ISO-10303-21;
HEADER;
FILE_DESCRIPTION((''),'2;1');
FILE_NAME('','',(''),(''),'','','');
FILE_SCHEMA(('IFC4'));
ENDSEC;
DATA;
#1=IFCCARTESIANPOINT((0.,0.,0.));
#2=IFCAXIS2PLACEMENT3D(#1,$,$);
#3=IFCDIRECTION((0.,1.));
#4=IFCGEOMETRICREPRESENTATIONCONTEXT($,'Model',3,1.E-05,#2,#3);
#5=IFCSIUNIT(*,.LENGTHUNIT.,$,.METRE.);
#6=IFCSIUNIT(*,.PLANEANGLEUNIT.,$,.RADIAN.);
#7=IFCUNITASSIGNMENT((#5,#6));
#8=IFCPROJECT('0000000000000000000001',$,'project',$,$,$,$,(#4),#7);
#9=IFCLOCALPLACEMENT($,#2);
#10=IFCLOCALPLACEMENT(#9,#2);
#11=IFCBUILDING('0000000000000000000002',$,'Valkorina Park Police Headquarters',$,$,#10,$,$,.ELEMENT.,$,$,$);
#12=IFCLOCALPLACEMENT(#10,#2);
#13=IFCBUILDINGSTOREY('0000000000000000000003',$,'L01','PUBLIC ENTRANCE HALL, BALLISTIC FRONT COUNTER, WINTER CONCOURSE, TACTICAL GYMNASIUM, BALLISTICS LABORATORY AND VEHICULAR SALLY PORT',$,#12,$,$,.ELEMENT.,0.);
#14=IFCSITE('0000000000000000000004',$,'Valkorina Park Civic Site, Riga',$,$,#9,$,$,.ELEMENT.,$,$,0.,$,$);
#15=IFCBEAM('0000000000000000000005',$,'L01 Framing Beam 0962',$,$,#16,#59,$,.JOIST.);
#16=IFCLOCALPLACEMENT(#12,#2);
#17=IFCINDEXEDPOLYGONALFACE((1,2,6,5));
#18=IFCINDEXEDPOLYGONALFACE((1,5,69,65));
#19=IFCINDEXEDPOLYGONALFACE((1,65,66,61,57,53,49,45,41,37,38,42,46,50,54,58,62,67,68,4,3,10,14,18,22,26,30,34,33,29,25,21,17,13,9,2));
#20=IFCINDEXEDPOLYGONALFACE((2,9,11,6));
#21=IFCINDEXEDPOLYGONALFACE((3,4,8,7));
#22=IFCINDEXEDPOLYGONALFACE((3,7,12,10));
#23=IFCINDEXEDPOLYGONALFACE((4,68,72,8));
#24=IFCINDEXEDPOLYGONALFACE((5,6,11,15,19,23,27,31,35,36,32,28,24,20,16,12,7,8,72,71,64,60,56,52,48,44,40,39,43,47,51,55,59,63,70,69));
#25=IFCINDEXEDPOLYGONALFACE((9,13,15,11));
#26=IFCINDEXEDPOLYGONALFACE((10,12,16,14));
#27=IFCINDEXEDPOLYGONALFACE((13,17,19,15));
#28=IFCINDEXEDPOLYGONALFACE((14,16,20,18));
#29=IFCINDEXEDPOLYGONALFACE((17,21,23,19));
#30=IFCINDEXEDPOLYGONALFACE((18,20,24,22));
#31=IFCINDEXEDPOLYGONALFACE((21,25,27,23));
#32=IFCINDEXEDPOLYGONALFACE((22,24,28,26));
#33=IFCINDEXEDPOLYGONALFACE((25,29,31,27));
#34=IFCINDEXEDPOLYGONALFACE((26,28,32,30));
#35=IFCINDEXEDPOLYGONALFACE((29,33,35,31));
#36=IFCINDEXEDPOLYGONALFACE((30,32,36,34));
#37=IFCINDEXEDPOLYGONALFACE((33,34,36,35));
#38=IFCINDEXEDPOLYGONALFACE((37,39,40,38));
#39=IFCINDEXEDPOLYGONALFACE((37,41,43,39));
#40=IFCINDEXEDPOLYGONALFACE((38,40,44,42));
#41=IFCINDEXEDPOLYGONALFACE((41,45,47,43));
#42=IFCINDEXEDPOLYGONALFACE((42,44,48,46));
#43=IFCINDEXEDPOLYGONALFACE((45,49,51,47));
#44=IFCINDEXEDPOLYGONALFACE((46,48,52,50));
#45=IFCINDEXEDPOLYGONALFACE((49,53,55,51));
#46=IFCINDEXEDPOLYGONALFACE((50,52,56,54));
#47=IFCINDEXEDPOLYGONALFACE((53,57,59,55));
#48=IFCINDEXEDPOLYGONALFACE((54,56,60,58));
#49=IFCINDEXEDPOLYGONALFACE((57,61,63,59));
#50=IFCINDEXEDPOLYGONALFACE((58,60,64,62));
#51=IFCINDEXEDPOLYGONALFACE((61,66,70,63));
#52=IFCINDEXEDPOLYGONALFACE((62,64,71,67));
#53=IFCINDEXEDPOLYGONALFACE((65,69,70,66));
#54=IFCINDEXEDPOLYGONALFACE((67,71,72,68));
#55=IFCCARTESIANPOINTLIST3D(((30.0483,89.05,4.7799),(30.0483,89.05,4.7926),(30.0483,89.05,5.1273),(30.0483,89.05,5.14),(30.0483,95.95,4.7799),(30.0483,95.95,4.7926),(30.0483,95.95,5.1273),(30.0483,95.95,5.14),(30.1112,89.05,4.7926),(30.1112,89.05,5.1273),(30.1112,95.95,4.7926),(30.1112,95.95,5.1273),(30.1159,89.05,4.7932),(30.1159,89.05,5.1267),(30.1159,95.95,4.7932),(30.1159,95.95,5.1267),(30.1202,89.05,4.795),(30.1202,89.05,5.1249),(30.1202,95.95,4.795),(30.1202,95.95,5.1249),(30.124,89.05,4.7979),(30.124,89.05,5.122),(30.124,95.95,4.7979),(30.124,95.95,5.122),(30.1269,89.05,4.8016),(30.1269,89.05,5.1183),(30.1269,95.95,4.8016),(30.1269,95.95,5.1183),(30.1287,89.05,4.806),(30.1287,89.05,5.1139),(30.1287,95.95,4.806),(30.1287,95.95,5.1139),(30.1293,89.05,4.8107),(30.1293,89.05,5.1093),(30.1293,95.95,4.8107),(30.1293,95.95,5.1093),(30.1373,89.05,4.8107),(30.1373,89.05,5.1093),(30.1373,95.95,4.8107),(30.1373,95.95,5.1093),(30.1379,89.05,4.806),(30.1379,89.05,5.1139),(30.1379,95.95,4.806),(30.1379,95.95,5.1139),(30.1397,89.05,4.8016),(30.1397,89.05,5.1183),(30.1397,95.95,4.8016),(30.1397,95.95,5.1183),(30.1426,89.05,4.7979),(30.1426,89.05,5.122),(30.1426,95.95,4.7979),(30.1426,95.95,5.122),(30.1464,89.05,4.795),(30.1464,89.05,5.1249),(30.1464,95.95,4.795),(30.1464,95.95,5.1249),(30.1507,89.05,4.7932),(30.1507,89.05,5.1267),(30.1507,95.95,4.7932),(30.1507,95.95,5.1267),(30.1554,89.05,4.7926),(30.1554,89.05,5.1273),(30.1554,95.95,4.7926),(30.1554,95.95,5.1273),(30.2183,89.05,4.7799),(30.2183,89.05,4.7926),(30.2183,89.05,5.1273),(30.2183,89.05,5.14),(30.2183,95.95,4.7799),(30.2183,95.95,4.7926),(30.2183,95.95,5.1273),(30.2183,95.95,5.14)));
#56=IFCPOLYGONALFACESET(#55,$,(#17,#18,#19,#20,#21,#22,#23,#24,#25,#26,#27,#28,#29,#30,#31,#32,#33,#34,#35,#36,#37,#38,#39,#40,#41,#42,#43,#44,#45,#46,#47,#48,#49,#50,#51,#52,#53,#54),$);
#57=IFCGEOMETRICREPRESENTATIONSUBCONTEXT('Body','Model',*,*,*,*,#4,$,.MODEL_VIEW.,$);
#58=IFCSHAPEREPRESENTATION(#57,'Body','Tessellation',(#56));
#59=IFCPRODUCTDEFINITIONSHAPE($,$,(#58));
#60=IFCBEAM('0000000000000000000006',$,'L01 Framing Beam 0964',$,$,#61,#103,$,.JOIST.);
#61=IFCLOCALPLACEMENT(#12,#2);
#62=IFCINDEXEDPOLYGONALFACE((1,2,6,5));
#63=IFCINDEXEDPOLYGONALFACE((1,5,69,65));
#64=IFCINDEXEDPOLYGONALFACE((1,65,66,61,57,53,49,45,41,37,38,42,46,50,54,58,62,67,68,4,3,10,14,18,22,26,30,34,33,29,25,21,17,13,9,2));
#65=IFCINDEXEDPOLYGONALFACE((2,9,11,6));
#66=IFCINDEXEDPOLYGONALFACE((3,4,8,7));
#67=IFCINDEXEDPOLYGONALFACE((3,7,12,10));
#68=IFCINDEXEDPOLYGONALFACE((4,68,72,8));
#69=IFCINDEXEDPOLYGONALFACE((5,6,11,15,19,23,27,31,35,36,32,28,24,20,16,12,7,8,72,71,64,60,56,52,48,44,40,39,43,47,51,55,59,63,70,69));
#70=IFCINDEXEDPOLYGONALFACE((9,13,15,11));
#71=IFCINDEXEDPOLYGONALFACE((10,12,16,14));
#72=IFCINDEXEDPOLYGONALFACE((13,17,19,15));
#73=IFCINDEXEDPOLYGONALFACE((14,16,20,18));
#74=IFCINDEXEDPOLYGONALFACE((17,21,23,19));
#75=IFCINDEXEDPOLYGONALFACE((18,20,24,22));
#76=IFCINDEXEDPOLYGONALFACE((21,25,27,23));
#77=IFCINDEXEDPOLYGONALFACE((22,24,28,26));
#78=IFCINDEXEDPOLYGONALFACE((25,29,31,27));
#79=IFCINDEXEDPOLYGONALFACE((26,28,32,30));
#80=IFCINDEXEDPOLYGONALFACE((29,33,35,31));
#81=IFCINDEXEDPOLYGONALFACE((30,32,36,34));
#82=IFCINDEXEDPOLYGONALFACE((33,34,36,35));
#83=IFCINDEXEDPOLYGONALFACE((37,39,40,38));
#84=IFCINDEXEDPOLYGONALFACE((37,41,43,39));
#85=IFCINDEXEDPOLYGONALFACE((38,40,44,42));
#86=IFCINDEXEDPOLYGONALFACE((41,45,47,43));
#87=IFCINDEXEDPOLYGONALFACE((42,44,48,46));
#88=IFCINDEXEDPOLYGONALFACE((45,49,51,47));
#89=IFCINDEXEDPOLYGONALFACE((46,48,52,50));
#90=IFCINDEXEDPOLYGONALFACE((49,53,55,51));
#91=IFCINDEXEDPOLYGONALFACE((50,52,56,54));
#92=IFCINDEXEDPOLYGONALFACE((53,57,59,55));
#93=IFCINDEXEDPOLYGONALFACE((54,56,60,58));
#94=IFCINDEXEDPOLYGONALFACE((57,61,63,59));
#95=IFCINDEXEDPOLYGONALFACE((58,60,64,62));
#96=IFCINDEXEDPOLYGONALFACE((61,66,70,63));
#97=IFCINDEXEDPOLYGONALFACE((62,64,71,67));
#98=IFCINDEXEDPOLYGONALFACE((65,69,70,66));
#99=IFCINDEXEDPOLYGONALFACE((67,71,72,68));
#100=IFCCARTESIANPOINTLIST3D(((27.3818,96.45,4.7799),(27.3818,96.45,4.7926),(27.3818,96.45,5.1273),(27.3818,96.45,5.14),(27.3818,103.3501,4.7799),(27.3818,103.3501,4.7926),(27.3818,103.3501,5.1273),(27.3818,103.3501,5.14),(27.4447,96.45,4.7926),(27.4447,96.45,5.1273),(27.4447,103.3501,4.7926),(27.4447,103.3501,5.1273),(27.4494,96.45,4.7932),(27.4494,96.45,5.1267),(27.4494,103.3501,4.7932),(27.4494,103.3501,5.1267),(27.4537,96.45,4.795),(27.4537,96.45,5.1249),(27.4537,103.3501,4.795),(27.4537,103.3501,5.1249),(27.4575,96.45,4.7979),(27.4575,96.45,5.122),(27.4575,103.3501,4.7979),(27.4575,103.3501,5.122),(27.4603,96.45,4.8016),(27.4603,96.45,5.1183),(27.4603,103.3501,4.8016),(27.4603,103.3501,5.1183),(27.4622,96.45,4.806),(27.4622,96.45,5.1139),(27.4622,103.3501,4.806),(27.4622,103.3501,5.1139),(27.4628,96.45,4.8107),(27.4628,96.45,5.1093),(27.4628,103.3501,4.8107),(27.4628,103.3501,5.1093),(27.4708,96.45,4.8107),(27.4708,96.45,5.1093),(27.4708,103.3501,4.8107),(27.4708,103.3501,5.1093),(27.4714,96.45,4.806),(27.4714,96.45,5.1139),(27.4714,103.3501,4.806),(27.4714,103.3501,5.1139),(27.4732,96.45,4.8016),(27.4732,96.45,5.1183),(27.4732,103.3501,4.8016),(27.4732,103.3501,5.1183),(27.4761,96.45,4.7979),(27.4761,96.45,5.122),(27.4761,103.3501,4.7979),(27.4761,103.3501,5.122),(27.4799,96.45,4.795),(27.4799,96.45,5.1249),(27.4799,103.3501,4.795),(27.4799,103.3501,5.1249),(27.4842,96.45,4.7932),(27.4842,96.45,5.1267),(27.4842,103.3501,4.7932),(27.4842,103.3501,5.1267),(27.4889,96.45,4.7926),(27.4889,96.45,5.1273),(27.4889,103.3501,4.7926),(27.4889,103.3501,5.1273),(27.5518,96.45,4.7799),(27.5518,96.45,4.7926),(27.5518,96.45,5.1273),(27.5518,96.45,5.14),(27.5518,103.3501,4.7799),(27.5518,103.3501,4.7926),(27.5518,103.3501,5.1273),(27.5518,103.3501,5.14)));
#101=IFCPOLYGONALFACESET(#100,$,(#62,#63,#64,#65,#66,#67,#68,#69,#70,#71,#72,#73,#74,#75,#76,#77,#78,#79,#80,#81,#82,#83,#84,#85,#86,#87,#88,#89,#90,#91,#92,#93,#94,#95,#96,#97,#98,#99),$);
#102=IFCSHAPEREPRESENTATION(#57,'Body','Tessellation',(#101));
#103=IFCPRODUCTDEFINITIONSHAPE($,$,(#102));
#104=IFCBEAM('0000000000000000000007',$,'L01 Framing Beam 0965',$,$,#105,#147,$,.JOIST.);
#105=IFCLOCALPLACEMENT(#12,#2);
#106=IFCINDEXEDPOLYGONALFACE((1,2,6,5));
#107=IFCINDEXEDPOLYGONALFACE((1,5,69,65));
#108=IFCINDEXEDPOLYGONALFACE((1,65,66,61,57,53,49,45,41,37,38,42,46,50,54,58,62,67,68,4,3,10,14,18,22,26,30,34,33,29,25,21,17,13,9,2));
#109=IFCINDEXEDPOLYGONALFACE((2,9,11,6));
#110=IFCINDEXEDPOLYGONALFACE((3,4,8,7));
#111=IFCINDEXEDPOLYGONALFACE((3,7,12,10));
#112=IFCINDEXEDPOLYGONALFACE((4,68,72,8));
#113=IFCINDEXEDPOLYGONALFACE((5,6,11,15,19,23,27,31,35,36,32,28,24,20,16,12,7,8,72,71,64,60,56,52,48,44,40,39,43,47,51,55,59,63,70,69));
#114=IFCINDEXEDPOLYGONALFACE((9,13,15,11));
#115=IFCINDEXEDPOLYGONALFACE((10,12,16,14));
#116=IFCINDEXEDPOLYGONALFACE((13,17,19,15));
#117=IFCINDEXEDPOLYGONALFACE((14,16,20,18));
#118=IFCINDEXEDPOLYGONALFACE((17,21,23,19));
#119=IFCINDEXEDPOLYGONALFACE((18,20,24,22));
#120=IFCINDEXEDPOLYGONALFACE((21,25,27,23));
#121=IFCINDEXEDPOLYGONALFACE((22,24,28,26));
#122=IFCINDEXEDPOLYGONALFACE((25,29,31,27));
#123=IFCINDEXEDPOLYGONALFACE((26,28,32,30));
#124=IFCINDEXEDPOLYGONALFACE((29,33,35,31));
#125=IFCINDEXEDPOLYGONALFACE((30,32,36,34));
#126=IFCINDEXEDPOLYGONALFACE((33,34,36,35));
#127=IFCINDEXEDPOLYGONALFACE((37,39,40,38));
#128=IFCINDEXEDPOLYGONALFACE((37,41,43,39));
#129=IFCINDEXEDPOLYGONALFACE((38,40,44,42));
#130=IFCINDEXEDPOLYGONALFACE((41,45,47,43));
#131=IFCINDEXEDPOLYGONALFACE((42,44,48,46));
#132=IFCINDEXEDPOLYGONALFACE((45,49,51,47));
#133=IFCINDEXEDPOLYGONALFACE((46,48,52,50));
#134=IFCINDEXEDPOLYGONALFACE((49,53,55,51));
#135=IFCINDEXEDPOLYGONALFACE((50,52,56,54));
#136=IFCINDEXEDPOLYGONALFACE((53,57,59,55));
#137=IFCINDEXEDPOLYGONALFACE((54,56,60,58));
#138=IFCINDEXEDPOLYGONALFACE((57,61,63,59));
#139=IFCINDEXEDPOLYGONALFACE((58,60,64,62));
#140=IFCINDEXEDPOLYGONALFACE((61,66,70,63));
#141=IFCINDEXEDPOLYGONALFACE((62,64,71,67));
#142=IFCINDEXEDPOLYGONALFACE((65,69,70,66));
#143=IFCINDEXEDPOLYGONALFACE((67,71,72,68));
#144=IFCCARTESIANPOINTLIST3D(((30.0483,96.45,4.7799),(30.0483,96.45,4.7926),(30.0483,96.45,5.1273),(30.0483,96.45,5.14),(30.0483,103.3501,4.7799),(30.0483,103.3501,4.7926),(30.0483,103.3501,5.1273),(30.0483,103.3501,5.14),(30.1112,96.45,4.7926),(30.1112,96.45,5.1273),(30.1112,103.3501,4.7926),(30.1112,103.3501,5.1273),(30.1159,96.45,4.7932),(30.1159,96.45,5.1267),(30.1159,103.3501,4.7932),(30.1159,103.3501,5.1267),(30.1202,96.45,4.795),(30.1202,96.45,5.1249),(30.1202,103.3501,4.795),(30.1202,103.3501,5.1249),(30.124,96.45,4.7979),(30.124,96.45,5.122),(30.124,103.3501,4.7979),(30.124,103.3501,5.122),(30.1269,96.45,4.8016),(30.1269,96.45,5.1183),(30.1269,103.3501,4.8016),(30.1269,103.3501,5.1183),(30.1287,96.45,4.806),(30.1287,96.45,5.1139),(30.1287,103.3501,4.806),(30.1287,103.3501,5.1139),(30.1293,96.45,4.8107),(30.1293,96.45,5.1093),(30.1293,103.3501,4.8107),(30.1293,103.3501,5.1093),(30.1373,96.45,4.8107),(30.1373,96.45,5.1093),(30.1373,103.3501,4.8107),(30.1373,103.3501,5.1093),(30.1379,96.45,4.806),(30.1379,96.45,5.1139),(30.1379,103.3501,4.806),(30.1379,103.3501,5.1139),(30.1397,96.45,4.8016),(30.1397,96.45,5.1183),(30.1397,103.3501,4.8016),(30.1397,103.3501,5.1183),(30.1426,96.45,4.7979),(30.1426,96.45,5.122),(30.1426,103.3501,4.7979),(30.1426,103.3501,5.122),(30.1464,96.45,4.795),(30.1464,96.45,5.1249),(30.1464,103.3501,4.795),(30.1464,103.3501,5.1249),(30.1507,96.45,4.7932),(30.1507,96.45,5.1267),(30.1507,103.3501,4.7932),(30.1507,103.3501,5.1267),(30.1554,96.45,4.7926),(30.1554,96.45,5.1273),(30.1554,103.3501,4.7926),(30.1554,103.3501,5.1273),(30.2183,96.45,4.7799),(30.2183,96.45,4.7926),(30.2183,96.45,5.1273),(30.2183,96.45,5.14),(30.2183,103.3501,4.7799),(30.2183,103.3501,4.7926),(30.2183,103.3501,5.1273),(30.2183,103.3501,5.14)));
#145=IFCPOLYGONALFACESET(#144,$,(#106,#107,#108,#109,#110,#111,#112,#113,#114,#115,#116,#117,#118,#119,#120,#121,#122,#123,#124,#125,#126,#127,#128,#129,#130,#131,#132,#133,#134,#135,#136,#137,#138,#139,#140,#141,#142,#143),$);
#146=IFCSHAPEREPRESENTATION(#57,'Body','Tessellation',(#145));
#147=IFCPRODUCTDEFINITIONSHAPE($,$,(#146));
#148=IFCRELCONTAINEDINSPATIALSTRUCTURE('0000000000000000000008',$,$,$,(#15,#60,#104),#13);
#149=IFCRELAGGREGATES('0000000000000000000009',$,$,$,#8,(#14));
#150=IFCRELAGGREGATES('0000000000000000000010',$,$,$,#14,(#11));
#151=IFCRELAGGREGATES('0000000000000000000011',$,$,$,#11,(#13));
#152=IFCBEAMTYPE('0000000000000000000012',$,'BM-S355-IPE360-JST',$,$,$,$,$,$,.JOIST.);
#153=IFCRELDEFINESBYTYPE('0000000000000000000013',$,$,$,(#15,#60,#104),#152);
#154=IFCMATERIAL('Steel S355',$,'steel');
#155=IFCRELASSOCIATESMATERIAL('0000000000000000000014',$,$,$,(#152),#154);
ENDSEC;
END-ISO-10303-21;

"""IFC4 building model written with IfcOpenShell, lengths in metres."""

from ifc_helpers import new_model, si_unit, direction, frame, origin, origin_2d, place, context, subcontext, project, spatial, i_section, extrude, material, material_profile, profile_set, type_object, element, save


model = new_model("IFC4")

# Units and contexts
model_context = context("Model", 3, precision=1e-05, world=origin(), true_north=direction((0.0, 1.0)))
body_context = subcontext(model_context, "Body", "Model", "MODEL_VIEW")
ifc_project = project(units=[si_unit("LENGTHUNIT", "METRE"), si_unit("PLANEANGLEUNIT", "RADIAN")], contexts=[model_context])

# Site, building, storey
site_placement = place(None, origin())
site = spatial("IfcSite", under=ifc_project, at=site_placement, Name="Valkorina Park Civic Site, Riga", CompositionType="ELEMENT", RefElevation=0.0)
building_placement = place(site_placement, origin())
building = spatial("IfcBuilding", under=site, at=building_placement, Name="Valkorina Park Police Headquarters", CompositionType="ELEMENT")
storey_placement = place(building_placement, origin())
storey = spatial("IfcBuildingStorey", under=building, at=storey_placement, Name="L01", Description="PUBLIC ENTRANCE HALL, BALLISTIC FRONT COUNTER, WINTER CONCOURSE, TACTICAL GYMNASIUM, BALLISTICS LABORATORY AND VEHICULAR SALLY PORT", CompositionType="ELEMENT", Elevation=0.0)

# Beams
ifc_material_1 = material(Name="Steel S355", Category="steel")
ifc_material_profile_1 = material_profile(ifc_material_1, i_section(OverallWidth=0.1699, OverallDepth=0.3601, WebThickness=0.0081, FlangeThickness=0.0127, FilletRadius=0.0181, at=origin_2d()), Name="IPE 360")
ifc_profile_set_1 = profile_set([ifc_material_profile_1], Name="Steel S355")
beam_type_1 = type_object("IfcBeamType", Name="BM-S355-IPE360-JST", PredefinedType="JOIST", material=ifc_profile_set_1)
for number, where, z_axis, x_axis, name in (
    (1, (30.1333, 89.05, 4.96), (0.0, 1.0, 0.0), (-1.0, 0.0, 0.0), "L01 Framing Beam 0962"),
):
    element("IfcBeam", number, at=place(storey_placement, frame(where, z_axis=z_axis, x_axis=x_axis)), inside=storey, type_object=beam_type_1, Name=name, PredefinedType="JOIST", context=body_context, shape_type="SweptSolid", body=[
        extrude(i_section(OverallWidth=0.1699, OverallDepth=0.3601, WebThickness=0.0081, FlangeThickness=0.0127, FilletRadius=0.0181, at=origin_2d()), origin(), (0.0, 0.0, 1.0), 6.8999),
    ])
for number, where, z_axis, x_axis, name in (
    (2, (27.4668, 96.45, 4.96), (0.0, 1.0, 0.0), (-1.0, 0.0, 0.0), "L01 Framing Beam 0964"),
    (3, (30.1333, 96.45, 4.96), (0.0, 1.0, 0.0), (-1.0, 0.0, 0.0), "L01 Framing Beam 0965"),
):
    element("IfcBeam", number, at=place(storey_placement, frame(where, z_axis=z_axis, x_axis=x_axis)), inside=storey, type_object=beam_type_1, Name=name, PredefinedType="JOIST", context=body_context, shape_type="SweptSolid", body=[
        extrude(i_section(OverallWidth=0.1699, OverallDepth=0.3601, WebThickness=0.0081, FlangeThickness=0.0127, FilletRadius=0.0181, at=origin_2d()), origin(), (0.0, 0.0, 1.0), 6.9001),
    ])

save(model, "model.ifc")
